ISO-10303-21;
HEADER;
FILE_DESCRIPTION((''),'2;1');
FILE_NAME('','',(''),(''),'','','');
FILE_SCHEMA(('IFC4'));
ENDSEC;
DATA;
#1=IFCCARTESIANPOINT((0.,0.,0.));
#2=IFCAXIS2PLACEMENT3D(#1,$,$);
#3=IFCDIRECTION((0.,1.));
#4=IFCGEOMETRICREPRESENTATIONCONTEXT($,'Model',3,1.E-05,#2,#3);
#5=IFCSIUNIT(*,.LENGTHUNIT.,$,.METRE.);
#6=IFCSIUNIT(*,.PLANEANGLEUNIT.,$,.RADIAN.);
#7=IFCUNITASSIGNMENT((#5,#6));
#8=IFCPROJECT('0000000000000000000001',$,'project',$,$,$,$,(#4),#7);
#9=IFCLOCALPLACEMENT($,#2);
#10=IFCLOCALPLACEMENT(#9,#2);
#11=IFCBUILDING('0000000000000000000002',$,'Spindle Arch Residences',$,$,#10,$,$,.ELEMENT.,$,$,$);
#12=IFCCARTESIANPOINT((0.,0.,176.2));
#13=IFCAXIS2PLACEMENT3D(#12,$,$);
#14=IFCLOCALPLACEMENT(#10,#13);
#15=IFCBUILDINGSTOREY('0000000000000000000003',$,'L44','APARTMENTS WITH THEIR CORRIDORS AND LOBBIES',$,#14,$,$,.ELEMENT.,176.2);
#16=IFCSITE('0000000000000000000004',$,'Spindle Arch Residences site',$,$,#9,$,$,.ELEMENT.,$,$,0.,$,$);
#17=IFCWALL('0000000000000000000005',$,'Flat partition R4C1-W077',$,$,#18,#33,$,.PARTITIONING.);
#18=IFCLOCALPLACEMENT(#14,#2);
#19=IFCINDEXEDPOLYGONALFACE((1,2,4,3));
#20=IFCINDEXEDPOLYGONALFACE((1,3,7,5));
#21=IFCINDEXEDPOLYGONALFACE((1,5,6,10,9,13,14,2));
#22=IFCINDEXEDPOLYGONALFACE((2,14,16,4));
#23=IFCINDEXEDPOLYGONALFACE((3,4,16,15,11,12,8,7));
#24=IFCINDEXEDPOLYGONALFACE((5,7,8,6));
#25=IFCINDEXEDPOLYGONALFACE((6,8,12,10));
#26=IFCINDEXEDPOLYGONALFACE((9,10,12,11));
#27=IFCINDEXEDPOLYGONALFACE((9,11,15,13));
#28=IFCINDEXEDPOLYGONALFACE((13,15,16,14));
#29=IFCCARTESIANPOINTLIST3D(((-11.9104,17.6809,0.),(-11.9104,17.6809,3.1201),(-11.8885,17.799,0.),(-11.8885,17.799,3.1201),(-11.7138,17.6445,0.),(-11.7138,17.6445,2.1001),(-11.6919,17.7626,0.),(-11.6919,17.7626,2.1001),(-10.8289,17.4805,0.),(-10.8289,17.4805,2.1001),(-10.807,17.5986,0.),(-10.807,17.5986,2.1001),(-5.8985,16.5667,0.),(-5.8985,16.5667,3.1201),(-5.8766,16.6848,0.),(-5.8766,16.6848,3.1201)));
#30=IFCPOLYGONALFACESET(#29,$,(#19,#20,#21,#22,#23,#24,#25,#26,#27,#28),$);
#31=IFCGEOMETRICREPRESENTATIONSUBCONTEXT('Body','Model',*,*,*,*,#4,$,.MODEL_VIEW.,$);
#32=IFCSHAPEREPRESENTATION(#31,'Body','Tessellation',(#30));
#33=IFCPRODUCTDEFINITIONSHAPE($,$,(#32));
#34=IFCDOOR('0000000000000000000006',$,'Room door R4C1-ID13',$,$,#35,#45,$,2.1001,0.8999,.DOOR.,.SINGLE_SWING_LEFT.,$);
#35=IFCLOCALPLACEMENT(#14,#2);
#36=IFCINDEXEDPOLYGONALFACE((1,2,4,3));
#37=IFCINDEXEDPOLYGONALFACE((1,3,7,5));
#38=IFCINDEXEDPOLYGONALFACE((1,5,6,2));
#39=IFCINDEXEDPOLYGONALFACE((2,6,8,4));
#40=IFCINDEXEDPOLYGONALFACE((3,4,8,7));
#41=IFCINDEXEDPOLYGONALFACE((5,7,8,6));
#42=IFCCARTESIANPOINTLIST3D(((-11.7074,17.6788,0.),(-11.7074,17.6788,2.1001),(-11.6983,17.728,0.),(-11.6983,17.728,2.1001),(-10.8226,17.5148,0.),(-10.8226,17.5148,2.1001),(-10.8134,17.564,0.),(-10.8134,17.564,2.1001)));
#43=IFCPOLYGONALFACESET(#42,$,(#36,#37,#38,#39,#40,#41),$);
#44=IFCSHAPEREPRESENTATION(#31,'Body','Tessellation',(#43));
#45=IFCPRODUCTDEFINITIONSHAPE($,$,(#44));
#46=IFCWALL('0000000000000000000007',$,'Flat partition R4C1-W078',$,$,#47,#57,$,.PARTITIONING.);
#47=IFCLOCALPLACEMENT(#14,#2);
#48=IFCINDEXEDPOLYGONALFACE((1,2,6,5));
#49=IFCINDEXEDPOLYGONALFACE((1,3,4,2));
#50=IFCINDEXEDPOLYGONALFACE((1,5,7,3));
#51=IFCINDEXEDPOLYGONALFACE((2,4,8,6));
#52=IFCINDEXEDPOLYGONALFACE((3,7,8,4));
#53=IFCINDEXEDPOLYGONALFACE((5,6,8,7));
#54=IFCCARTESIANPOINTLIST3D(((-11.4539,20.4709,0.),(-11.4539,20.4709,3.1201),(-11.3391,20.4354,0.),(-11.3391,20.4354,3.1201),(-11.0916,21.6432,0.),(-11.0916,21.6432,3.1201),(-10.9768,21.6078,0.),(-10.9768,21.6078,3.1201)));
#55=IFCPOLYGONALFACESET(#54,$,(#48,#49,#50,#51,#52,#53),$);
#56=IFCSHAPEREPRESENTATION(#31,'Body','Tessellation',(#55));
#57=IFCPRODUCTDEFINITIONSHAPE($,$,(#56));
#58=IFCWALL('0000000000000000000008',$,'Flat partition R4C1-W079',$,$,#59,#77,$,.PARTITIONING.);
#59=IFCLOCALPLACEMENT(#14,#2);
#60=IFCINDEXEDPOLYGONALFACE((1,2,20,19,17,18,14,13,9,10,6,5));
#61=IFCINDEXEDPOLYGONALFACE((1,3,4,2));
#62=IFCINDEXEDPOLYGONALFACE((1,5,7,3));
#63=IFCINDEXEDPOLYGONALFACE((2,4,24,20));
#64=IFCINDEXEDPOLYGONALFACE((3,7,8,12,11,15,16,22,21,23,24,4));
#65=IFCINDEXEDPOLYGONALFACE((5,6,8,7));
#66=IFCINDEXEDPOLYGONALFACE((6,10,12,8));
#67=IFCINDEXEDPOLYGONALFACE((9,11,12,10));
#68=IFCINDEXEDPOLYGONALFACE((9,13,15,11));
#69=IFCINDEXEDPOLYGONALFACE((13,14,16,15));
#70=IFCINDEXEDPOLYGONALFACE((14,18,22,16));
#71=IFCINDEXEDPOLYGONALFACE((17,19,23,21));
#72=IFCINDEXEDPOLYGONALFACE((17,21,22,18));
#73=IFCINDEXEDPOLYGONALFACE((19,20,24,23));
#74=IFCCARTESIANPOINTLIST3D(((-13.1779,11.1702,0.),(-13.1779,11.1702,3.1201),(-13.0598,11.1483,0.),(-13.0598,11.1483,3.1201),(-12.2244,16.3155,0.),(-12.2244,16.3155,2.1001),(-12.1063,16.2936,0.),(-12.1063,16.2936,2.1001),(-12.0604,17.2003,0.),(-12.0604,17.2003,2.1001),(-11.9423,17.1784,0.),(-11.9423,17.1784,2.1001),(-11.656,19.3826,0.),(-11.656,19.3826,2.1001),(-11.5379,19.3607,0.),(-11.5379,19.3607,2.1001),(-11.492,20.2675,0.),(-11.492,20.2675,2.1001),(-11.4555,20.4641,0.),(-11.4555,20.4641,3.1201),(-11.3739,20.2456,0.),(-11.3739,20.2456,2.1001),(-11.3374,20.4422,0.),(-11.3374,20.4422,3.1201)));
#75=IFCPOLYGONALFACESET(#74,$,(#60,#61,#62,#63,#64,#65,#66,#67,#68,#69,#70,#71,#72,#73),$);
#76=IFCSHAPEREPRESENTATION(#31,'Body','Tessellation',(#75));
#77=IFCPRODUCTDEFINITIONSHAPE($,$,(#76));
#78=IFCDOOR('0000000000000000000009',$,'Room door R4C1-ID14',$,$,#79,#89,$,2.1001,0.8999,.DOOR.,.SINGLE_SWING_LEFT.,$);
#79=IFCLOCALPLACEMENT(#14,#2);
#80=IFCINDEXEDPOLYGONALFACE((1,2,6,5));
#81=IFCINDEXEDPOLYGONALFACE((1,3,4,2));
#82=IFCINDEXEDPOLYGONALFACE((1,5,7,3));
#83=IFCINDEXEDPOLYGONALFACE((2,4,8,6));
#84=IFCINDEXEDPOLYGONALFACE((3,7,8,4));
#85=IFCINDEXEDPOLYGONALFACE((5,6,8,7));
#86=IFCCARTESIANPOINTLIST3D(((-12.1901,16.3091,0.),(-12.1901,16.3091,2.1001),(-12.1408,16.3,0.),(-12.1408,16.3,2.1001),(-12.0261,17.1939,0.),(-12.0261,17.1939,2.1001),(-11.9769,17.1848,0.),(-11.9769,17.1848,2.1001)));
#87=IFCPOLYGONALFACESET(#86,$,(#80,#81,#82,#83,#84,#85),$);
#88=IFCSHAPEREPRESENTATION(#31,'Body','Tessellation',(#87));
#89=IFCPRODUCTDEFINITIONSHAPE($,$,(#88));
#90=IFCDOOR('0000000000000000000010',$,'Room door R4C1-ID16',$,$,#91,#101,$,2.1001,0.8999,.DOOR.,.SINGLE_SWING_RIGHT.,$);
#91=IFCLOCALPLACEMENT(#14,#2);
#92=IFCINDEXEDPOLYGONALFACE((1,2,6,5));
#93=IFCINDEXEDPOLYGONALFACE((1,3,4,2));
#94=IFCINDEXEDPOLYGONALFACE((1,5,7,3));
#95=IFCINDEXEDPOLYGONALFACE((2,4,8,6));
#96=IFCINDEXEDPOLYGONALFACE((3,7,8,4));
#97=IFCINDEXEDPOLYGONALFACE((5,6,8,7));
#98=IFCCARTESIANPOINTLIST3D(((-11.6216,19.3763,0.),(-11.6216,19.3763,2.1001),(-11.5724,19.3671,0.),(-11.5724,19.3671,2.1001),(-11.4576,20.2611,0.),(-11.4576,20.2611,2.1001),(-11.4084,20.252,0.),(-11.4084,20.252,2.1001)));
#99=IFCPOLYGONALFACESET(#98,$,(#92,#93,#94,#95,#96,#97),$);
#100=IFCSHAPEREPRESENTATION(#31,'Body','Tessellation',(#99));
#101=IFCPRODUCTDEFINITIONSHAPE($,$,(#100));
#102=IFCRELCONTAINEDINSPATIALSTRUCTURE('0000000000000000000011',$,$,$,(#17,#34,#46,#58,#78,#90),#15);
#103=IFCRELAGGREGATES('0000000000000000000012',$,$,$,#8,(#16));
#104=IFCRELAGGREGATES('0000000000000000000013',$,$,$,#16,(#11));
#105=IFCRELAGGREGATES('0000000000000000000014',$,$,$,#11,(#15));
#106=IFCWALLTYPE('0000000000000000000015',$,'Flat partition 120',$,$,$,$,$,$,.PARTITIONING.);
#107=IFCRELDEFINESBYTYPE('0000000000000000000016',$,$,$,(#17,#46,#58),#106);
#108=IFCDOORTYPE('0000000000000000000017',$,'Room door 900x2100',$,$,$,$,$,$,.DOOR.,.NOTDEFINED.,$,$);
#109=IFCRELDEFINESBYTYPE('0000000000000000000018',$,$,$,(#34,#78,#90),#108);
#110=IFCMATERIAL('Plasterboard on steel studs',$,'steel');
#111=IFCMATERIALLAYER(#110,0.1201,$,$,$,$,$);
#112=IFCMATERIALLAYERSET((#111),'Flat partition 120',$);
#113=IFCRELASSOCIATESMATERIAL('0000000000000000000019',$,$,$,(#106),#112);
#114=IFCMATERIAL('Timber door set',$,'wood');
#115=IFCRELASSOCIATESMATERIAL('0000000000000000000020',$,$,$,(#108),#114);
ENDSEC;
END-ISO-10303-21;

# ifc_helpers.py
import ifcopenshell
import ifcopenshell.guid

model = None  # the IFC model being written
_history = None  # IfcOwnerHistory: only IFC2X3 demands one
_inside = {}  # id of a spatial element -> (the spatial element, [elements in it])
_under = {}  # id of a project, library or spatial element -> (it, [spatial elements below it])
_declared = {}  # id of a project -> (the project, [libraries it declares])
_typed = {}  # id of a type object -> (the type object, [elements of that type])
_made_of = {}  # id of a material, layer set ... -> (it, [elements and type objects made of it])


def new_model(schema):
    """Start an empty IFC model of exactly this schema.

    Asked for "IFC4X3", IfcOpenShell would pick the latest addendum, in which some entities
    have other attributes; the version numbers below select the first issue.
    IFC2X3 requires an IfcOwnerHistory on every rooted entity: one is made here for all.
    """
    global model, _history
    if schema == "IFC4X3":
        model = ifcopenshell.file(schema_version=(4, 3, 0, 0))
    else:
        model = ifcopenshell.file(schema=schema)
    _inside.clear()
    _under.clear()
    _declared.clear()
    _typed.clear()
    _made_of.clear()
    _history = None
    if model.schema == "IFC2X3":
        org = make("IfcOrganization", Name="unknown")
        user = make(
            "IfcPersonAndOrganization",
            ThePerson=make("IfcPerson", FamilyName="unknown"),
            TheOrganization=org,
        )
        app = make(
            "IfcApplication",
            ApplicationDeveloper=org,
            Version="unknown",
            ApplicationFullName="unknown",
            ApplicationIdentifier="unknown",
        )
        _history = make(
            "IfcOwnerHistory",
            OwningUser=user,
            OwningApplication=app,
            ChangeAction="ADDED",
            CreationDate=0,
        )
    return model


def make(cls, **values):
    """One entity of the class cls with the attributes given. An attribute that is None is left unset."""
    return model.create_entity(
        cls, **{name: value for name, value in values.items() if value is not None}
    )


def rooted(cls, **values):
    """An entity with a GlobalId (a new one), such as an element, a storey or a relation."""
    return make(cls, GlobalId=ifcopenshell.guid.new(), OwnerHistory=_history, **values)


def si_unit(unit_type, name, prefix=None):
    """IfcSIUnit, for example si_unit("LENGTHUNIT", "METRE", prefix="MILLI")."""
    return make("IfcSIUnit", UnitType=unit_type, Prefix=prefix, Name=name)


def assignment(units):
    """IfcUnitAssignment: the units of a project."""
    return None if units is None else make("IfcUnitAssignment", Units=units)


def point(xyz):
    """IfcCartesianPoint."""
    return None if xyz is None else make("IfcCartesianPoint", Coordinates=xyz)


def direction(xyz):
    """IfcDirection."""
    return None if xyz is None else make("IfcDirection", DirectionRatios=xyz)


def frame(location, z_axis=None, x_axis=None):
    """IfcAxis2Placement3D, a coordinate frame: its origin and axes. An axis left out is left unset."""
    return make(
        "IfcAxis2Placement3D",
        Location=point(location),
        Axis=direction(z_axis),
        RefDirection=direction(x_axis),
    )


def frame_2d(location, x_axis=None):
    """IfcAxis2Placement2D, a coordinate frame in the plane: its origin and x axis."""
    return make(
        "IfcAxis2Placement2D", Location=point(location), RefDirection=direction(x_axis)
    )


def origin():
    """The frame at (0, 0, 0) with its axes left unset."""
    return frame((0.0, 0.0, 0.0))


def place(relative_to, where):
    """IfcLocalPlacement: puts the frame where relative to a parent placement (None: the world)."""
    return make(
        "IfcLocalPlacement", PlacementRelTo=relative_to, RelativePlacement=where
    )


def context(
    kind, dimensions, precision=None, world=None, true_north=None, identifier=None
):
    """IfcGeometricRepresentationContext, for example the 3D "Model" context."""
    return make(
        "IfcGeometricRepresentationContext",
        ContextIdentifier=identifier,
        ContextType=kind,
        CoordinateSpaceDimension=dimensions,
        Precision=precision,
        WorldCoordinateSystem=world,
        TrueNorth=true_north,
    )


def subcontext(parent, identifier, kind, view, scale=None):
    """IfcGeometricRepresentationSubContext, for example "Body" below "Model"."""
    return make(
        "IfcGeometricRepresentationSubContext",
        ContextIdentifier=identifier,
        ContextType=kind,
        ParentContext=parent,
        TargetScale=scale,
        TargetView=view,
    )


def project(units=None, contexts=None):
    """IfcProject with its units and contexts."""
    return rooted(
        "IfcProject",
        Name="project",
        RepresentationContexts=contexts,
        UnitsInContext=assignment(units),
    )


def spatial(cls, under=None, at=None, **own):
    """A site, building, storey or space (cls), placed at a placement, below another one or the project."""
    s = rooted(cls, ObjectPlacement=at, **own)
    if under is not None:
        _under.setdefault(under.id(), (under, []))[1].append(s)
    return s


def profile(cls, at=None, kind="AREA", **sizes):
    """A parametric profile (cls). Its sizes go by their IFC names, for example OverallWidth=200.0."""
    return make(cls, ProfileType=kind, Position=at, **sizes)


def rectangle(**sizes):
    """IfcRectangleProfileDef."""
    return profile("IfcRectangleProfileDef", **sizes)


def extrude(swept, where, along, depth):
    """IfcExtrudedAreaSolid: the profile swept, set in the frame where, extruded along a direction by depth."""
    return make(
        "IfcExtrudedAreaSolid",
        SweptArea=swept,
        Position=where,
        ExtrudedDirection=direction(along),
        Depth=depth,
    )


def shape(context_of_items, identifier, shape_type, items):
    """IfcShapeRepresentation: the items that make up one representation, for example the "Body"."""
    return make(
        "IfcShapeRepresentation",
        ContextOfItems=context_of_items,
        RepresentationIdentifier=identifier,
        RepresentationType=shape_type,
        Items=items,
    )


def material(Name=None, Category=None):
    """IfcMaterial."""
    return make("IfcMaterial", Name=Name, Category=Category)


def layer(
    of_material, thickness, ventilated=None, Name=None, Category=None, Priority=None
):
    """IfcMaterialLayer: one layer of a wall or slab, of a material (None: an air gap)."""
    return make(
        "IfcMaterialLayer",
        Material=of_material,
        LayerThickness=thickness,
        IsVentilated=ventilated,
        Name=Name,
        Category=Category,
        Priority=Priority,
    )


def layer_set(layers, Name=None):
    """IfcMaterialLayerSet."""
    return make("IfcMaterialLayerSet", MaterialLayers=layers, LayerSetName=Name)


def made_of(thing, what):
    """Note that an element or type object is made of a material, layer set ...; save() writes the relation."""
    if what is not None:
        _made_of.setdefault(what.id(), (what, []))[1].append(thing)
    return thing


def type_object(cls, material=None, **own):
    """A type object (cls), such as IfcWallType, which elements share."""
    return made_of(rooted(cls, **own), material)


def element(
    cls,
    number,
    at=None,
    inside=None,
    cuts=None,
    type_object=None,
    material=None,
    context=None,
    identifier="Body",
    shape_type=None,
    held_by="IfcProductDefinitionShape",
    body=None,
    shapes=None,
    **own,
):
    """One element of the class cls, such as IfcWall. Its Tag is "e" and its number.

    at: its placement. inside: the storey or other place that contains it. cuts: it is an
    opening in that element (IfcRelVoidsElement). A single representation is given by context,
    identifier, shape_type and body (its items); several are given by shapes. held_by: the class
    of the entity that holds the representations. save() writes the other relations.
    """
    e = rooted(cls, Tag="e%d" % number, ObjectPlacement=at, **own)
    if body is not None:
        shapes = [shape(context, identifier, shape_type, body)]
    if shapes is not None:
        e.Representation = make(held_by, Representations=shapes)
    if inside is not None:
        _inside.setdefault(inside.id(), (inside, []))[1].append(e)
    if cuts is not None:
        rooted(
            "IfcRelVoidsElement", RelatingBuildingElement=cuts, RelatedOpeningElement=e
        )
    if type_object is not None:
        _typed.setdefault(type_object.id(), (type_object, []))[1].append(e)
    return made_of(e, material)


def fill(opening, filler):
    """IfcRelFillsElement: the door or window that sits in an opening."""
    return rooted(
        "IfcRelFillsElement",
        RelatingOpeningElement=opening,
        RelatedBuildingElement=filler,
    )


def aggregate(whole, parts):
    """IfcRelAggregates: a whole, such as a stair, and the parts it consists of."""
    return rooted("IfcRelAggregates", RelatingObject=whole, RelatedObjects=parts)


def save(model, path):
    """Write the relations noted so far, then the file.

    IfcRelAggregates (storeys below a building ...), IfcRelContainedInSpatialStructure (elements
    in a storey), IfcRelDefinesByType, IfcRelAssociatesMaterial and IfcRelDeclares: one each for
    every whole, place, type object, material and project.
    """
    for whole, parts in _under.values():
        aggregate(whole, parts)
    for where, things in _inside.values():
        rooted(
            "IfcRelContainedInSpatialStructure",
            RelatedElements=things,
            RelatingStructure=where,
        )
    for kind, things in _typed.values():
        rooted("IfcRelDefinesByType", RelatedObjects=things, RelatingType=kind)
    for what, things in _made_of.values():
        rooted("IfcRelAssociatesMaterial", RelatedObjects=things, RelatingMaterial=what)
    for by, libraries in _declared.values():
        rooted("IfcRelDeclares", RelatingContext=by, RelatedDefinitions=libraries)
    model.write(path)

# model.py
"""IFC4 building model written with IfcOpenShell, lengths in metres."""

from ifc_helpers import new_model, si_unit, direction, frame, frame_2d, origin, place, context, subcontext, project, spatial, rectangle, extrude, material, layer, layer_set, type_object, element, fill, save


model = new_model("IFC4")

# Units and contexts
model_context = context("Model", 3, precision=1e-05, world=origin(), true_north=direction((0.0, 1.0)))
body_context = subcontext(model_context, "Body", "Model", "MODEL_VIEW")
ifc_project = project(units=[si_unit("LENGTHUNIT", "METRE"), si_unit("PLANEANGLEUNIT", "RADIAN")], contexts=[model_context])

# Site, building, storey
site_placement = place(None, origin())
site = spatial("IfcSite", under=ifc_project, at=site_placement, Name="Spindle Arch Residences site", CompositionType="ELEMENT", RefElevation=0.0)
building_placement = place(site_placement, origin())
building = spatial("IfcBuilding", under=site, at=building_placement, Name="Spindle Arch Residences", CompositionType="ELEMENT")
storey_placement = place(building_placement, frame((0.0, 0.0, 176.2)))
storey = spatial("IfcBuildingStorey", under=building, at=storey_placement, Name="L44", Description="APARTMENTS WITH THEIR CORRIDORS AND LOBBIES", CompositionType="ELEMENT", Elevation=176.2)

# Shared definitions
ifc_material_1 = material(Name="Plasterboard on steel studs", Category="steel")
ifc_layer_1 = layer(ifc_material_1, 0.1201)
ifc_layer_set_1 = layer_set([ifc_layer_1], Name="Flat partition 120")
wall_type = type_object("IfcWallType", Name="Flat partition 120", PredefinedType="PARTITIONING", material=ifc_layer_set_1)

# Wall, opening, door
ifc_material_2 = material(Name="Timber door set", Category="wood")
door_type = type_object("IfcDoorType", Name="Room door 900x2100", OperationType="NOTDEFINED", PredefinedType="DOOR", material=ifc_material_2)
wall_1_placement = place(storey_placement, frame((-11.8994, 17.74, 0.0), z_axis=(0.0, 0.0, 1.0), x_axis=(0.983255, -0.182237, 0.0)))
wall_1 = element("IfcWall", 1, at=wall_1_placement, inside=storey, type_object=wall_type, Name="Flat partition R4C1-W077", PredefinedType="PARTITIONING", context=body_context, shape_type="SweptSolid", body=[
    extrude(rectangle(XDim=6.1143, YDim=0.1201, at=frame_2d((3.0571, 0.0))), origin(), (0.0, 0.0, 1.0), 3.1201),
])
opening_1_placement = place(wall_1_placement, frame((0.2, 0.0, 0.0)))
opening_1 = element("IfcOpeningElement", 2, at=opening_1_placement, cuts=wall_1, PredefinedType="OPENING", context=body_context, shape_type="SweptSolid", body=[
    extrude(rectangle(XDim=0.8999, YDim=2.1001, at=frame_2d((0.45, 1.05))), frame((0.0, 0.0701, 0.0), z_axis=(0.0, -1.0, 0.0), x_axis=(1.0, 0.0, 0.0)), (0.0, 0.0, 1.0), 0.1401),
])
door_1_placement = place(opening_1_placement, origin())
door_1 = element("IfcDoor", 3, at=door_1_placement, inside=storey, type_object=door_type, Name="Room door R4C1-ID13", OperationType="SINGLE_SWING_LEFT", OverallHeight=2.1001, OverallWidth=0.8999, PredefinedType="DOOR", context=body_context, shape_type="SweptSolid", body=[
    extrude(rectangle(XDim=0.8999, YDim=2.1001, at=frame_2d((0.45, 1.05))), frame((0.0, 0.0249, 0.0), z_axis=(0.0, -1.0, 0.0), x_axis=(1.0, 0.0, 0.0)), (0.0, 0.0, 1.0), 0.05),
])
fill(opening_1, door_1)

# Wall
wall_2_placement = place(storey_placement, frame((-11.0342, 21.6255, 0.0), z_axis=(0.0, 0.0, 1.0), x_axis=(-0.29526, -0.955417, 0.0)))
element("IfcWall", 4, at=wall_2_placement, inside=storey, type_object=wall_type, Name="Flat partition R4C1-W078", PredefinedType="PARTITIONING", context=body_context, shape_type="SweptSolid", body=[
    extrude(rectangle(XDim=1.2271, YDim=0.1201, at=frame_2d((0.6135, 0.0))), origin(), (0.0, 0.0, 1.0), 3.1201),
])

# Wall, openings, doors
wall_3_placement = place(storey_placement, frame((-11.3965, 20.4531, 0.0), z_axis=(0.0, 0.0, 1.0), x_axis=(-0.182223, -0.983257, 0.0)))
wall_3 = element("IfcWall", 5, at=wall_3_placement, inside=storey, type_object=wall_type, Name="Flat partition R4C1-W079", PredefinedType="PARTITIONING", context=body_context, shape_type="SweptSolid", body=[
    extrude(rectangle(XDim=9.4521, YDim=0.1201, at=frame_2d((4.7261, 0.0))), origin(), (0.0, 0.0, 1.0), 3.1201),
])
opening_2_placement = place(wall_3_placement, frame((3.3193, 0.0, 0.0)))
opening_2 = element("IfcOpeningElement", 6, at=opening_2_placement, cuts=wall_3, PredefinedType="OPENING", context=body_context, shape_type="SweptSolid", body=[
    extrude(rectangle(XDim=0.8999, YDim=2.1001, at=frame_2d((0.45, 1.05))), frame((0.0, 0.0701, 0.0), z_axis=(0.0, -1.0, 0.0), x_axis=(1.0, 0.0, 0.0)), (0.0, 0.0, 1.0), 0.1401),
])
opening_3_placement = place(wall_3_placement, frame((0.2, 0.0, 0.0)))
opening_3 = element("IfcOpeningElement", 7, at=opening_3_placement, cuts=wall_3, PredefinedType="OPENING", context=body_context, shape_type="SweptSolid", body=[
    extrude(rectangle(XDim=0.8999, YDim=2.1001, at=frame_2d((0.45, 1.05))), frame((0.0, 0.0701, 0.0), z_axis=(0.0, -1.0, 0.0), x_axis=(1.0, 0.0, 0.0)), (0.0, 0.0, 1.0), 0.1401),
])
door_2_placement = place(opening_2_placement, origin())
door_2 = element("IfcDoor", 8, at=door_2_placement, inside=storey, type_object=door_type, Name="Room door R4C1-ID14", OperationType="SINGLE_SWING_LEFT", OverallHeight=2.1001, OverallWidth=0.8999, PredefinedType="DOOR", context=body_context, shape_type="SweptSolid", body=[
    extrude(rectangle(XDim=0.8999, YDim=2.1001, at=frame_2d((0.45, 1.05))), frame((0.0, 0.0249, 0.0), z_axis=(0.0, -1.0, 0.0), x_axis=(1.0, 0.0, 0.0)), (0.0, 0.0, 1.0), 0.05),
])
fill(opening_2, door_2)
door_3_placement = place(opening_3_placement, origin())
door_3 = element("IfcDoor", 9, at=door_3_placement, inside=storey, type_object=door_type, Name="Room door R4C1-ID16", OperationType="SINGLE_SWING_RIGHT", OverallHeight=2.1001, OverallWidth=0.8999, PredefinedType="DOOR", context=body_context, shape_type="SweptSolid", body=[
    extrude(rectangle(XDim=0.8999, YDim=2.1001, at=frame_2d((0.45, 1.05))), frame((0.0, 0.0249, 0.0), z_axis=(0.0, -1.0, 0.0), x_axis=(1.0, 0.0, 0.0)), (0.0, 0.0, 1.0), 0.05),
])
fill(opening_3, door_3)

save(model, "model.ifc")
